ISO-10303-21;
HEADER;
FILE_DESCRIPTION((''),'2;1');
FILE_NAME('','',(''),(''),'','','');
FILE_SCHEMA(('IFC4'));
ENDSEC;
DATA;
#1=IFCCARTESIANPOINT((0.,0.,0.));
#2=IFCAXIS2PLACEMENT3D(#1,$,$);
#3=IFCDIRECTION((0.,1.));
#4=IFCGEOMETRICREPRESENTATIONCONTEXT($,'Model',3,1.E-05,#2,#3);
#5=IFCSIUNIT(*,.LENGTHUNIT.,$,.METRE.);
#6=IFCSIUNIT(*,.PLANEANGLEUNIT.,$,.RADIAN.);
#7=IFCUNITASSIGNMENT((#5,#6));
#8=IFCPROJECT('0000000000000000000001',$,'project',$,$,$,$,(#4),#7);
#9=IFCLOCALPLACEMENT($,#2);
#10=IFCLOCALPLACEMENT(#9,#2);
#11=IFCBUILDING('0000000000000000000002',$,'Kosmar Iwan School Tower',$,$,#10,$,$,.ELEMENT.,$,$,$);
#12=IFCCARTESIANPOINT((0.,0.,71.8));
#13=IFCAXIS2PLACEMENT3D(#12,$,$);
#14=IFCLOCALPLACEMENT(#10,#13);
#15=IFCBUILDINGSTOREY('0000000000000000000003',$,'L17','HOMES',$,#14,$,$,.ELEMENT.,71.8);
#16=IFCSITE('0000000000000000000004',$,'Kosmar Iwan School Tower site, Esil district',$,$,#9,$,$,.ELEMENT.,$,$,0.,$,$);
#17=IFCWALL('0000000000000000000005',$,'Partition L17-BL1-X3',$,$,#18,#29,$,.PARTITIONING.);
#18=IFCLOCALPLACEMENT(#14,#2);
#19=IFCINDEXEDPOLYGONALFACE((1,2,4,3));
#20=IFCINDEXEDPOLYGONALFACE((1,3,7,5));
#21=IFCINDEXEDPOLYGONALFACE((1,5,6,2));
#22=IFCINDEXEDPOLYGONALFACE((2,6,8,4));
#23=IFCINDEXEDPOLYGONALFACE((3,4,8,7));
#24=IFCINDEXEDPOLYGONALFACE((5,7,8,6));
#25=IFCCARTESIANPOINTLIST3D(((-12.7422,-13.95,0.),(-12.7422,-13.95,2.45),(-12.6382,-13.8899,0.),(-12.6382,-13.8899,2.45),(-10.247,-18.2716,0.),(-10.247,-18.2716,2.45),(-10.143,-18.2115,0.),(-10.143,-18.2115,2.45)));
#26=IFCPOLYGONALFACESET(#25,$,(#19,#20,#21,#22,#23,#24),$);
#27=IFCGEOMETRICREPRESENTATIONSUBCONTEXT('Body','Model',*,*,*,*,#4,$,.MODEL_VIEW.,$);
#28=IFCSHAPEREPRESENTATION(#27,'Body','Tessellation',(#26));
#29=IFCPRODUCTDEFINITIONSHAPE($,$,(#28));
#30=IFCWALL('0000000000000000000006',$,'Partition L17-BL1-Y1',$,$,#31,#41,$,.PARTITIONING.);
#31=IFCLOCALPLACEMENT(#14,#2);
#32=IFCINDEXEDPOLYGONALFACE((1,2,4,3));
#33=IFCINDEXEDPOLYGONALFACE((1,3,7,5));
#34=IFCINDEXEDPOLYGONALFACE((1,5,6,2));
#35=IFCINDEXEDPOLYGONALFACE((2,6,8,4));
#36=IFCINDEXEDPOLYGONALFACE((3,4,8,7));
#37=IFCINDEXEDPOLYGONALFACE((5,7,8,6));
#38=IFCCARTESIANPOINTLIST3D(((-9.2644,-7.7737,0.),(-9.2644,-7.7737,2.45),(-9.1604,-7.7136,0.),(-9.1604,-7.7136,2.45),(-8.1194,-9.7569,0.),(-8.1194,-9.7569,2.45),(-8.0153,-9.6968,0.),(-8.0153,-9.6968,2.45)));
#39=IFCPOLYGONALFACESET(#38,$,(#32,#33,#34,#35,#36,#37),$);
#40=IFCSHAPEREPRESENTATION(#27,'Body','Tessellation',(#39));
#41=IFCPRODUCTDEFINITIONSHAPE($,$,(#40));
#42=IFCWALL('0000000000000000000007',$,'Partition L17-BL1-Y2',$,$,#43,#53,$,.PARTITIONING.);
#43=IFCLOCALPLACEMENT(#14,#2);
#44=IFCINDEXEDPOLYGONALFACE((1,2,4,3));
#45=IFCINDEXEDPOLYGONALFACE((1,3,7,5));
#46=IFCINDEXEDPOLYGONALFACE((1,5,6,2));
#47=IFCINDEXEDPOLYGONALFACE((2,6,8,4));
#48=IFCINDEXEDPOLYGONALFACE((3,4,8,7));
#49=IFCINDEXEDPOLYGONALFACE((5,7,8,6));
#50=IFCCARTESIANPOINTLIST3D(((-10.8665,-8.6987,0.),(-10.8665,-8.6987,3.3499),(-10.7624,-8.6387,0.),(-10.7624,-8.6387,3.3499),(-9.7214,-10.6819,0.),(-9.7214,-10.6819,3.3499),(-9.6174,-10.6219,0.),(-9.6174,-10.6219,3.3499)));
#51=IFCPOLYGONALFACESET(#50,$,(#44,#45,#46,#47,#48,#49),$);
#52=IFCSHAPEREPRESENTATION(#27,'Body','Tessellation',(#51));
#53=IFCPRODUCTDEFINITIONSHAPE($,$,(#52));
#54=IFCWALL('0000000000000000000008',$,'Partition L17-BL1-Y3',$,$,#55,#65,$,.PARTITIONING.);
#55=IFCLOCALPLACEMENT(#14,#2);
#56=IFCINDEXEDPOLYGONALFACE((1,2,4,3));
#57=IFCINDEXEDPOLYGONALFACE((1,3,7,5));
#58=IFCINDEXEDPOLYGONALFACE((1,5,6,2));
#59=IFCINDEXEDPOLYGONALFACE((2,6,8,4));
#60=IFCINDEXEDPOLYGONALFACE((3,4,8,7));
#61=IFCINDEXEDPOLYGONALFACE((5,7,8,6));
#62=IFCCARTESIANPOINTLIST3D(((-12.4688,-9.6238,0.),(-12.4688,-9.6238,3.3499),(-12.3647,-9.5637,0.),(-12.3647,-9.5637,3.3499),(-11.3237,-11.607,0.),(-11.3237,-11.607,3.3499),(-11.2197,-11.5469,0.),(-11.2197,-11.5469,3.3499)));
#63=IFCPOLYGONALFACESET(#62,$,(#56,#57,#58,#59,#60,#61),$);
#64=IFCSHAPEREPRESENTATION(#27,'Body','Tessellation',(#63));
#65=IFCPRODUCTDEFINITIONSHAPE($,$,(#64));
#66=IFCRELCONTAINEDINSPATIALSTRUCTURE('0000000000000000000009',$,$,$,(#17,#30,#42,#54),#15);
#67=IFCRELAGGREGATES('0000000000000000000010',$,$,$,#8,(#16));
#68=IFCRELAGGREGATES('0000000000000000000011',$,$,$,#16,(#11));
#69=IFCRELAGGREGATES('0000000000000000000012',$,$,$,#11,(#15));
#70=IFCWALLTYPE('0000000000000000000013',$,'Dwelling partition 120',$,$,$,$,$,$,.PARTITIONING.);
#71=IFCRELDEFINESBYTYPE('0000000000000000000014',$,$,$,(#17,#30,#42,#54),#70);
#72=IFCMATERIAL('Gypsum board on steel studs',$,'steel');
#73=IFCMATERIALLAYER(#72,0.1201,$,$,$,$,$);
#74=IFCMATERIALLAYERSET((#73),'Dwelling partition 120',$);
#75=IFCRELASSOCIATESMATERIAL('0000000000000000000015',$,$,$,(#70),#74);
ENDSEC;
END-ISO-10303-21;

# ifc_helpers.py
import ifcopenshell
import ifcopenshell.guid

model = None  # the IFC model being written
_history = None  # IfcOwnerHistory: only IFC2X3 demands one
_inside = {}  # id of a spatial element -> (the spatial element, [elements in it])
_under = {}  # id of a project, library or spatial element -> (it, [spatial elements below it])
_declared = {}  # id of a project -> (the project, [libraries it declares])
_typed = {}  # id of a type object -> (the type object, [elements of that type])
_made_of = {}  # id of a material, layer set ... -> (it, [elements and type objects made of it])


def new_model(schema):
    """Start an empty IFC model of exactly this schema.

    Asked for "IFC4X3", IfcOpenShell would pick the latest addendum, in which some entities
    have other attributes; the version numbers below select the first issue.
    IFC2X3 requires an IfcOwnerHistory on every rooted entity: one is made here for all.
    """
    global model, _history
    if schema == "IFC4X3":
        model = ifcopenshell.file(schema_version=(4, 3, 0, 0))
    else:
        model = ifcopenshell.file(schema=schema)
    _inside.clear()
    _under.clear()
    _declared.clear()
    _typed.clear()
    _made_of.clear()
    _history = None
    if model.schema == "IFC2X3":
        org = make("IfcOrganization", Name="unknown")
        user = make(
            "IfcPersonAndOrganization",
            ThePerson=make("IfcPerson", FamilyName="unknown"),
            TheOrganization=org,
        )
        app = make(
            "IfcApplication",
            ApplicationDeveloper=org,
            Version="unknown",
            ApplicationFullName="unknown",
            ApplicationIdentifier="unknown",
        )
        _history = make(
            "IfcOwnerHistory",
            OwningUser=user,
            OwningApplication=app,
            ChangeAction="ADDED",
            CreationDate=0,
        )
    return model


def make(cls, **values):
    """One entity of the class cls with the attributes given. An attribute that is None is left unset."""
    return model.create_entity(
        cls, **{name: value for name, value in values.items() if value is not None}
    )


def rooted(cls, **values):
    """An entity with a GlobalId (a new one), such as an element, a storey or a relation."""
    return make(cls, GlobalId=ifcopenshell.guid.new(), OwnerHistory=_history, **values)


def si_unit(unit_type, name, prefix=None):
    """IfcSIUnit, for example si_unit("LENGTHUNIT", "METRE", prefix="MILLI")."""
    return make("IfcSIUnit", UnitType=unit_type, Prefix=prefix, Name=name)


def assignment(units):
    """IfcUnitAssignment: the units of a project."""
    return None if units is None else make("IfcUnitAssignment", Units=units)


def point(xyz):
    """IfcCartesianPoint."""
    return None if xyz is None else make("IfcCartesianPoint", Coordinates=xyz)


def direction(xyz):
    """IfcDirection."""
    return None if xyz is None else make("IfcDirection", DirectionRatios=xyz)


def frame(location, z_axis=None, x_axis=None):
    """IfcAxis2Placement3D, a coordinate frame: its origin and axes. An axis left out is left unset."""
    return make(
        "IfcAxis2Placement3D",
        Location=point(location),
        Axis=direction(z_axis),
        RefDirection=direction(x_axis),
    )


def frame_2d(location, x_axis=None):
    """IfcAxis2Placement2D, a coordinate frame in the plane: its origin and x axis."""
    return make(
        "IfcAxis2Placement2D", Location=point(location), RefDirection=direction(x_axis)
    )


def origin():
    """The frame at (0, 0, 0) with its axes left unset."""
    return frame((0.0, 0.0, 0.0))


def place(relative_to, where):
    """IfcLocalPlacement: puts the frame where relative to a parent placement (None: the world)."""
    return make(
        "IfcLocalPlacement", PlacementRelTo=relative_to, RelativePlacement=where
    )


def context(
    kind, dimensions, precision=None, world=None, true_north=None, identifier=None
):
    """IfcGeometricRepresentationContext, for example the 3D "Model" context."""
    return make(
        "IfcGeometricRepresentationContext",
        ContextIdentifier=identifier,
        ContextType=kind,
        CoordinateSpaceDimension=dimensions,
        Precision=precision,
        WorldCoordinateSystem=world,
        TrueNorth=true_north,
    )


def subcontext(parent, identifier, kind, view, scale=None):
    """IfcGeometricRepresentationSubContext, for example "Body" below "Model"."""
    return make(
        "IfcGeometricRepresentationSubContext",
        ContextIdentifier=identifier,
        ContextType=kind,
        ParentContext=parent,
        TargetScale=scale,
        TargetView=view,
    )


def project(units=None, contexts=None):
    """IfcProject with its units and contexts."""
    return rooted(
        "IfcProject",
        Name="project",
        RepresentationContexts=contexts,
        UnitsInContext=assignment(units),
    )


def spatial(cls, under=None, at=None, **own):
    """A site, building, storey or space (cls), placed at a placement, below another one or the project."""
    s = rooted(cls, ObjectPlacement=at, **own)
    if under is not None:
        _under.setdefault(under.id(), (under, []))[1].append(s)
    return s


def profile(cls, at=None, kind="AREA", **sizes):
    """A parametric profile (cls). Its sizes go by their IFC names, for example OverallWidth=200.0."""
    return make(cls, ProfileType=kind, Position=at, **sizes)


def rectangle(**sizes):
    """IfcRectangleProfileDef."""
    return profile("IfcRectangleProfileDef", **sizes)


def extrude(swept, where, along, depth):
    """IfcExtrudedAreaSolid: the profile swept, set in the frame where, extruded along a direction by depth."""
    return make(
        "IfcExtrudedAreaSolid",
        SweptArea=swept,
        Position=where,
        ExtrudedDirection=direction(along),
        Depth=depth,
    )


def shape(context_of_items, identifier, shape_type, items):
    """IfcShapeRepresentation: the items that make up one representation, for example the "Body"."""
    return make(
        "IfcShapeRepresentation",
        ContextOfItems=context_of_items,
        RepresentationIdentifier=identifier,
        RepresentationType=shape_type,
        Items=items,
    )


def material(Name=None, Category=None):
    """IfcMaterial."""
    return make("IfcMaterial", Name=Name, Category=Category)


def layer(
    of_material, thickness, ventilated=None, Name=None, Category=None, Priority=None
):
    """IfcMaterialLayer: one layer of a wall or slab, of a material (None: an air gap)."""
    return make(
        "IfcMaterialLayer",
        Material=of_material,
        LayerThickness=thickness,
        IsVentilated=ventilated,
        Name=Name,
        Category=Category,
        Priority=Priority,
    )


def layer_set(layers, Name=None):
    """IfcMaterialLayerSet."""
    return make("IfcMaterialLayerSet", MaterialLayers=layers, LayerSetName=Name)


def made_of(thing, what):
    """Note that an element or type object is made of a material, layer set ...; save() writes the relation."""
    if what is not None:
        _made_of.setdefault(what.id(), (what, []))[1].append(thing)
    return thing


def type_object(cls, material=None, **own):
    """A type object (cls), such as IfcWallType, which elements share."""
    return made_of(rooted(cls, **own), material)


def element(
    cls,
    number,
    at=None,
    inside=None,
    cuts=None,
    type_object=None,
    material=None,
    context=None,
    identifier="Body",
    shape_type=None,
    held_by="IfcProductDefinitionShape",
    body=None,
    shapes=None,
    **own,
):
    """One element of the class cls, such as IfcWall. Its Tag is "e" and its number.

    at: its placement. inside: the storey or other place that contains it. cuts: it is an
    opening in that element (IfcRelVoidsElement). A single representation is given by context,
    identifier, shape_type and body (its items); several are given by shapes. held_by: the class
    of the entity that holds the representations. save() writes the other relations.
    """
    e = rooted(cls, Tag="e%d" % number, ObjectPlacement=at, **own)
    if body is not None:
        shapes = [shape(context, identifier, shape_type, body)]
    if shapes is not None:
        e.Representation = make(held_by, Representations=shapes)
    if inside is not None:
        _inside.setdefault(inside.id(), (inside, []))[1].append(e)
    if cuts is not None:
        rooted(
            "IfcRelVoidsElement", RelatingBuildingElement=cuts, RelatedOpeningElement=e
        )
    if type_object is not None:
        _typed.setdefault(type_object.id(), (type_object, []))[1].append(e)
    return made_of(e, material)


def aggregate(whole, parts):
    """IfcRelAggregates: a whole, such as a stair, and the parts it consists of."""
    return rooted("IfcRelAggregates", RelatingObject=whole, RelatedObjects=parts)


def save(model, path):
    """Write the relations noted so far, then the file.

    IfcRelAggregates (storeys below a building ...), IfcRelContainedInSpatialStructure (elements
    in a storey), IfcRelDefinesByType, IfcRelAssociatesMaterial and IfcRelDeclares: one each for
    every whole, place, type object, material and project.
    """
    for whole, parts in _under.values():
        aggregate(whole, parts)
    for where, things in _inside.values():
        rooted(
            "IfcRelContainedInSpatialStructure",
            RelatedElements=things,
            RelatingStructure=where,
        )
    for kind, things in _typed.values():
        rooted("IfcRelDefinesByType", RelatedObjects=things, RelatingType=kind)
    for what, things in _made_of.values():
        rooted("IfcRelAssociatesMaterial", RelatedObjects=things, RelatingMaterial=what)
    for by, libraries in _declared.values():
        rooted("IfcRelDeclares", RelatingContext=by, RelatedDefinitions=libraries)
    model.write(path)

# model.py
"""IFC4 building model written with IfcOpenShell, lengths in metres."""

from ifc_helpers import new_model, si_unit, direction, frame, frame_2d, origin, place, context, subcontext, project, spatial, rectangle, extrude, material, layer, layer_set, type_object, element, save


model = new_model("IFC4")

# Units and contexts
model_context = context("Model", 3, precision=1e-05, world=origin(), true_north=direction((0.0, 1.0)))
body_context = subcontext(model_context, "Body", "Model", "MODEL_VIEW")
ifc_project = project(units=[si_unit("LENGTHUNIT", "METRE"), si_unit("PLANEANGLEUNIT", "RADIAN")], contexts=[model_context])

# Site, building, storey
site_placement = place(None, origin())
site = spatial("IfcSite", under=ifc_project, at=site_placement, Name="Kosmar Iwan School Tower site, Esil district", CompositionType="ELEMENT", RefElevation=0.0)
building_placement = place(site_placement, origin())
building = spatial("IfcBuilding", under=site, at=building_placement, Name="Kosmar Iwan School Tower", CompositionType="ELEMENT")
storey_placement = place(building_placement, frame((0.0, 0.0, 71.8)))
storey = spatial("IfcBuildingStorey", under=building, at=storey_placement, Name="L17", Description="HOMES", CompositionType="ELEMENT", Elevation=71.8)

# Shared definitions
ifc_material_1 = material(Name="Gypsum board on steel studs", Category="steel")
ifc_layer_1 = layer(ifc_material_1, 0.1201)
ifc_layer_set_1 = layer_set([ifc_layer_1], Name="Dwelling partition 120")
wall_type_1 = type_object("IfcWallType", Name="Dwelling partition 120", PredefinedType="PARTITIONING", material=ifc_layer_set_1)

# Walls
wall_1_placement = place(storey_placement, frame((-12.6902, -13.9199, 0.0), z_axis=(0.0, 0.0, 1.0), x_axis=(0.500012, -0.866019, 0.0)))
element("IfcWall", 1, at=wall_1_placement, inside=storey, type_object=wall_type_1, Name="Partition L17-BL1-X3", PredefinedType="PARTITIONING", context=body_context, shape_type="SweptSolid", body=[
    extrude(rectangle(XDim=4.9902, YDim=0.1201, at=frame_2d((2.4951, 0.0))), origin(), (0.0, 0.0, 1.0), 2.45),
])
wall_2_placement = place(storey_placement, frame((-9.2124, -7.7437, 0.0), z_axis=(0.0, 0.0, 1.0), x_axis=(0.500015, -0.866017, 0.0)))
element("IfcWall", 2, at=wall_2_placement, inside=storey, type_object=wall_type_1, Name="Partition L17-BL1-Y1", PredefinedType="PARTITIONING", context=body_context, shape_type="SweptSolid", body=[
    extrude(rectangle(XDim=2.29, YDim=0.1201, at=frame_2d((1.145, 0.0))), origin(), (0.0, 0.0, 1.0), 2.45),
])
for number, where, z_axis, x_axis, name in (
    (3, (-10.8145, -8.6687, 0.0), (0.0, 0.0, 1.0), (0.500015, -0.866017, 0.0), "Partition L17-BL1-Y2"),
    (4, (-12.4167, -9.5938, 0.0), (0.0, 0.0, 1.0), (0.500015, -0.866017, 0.0), "Partition L17-BL1-Y3"),
):
    element("IfcWall", number, at=place(storey_placement, frame(where, z_axis=z_axis, x_axis=x_axis)), inside=storey, type_object=wall_type_1, Name=name, PredefinedType="PARTITIONING", context=body_context, shape_type="SweptSolid", body=[
        extrude(rectangle(XDim=2.29, YDim=0.1201, at=frame_2d((1.145, 0.0))), origin(), (0.0, 0.0, 1.0), 3.3499),
    ])

save(model, "model.ifc")
